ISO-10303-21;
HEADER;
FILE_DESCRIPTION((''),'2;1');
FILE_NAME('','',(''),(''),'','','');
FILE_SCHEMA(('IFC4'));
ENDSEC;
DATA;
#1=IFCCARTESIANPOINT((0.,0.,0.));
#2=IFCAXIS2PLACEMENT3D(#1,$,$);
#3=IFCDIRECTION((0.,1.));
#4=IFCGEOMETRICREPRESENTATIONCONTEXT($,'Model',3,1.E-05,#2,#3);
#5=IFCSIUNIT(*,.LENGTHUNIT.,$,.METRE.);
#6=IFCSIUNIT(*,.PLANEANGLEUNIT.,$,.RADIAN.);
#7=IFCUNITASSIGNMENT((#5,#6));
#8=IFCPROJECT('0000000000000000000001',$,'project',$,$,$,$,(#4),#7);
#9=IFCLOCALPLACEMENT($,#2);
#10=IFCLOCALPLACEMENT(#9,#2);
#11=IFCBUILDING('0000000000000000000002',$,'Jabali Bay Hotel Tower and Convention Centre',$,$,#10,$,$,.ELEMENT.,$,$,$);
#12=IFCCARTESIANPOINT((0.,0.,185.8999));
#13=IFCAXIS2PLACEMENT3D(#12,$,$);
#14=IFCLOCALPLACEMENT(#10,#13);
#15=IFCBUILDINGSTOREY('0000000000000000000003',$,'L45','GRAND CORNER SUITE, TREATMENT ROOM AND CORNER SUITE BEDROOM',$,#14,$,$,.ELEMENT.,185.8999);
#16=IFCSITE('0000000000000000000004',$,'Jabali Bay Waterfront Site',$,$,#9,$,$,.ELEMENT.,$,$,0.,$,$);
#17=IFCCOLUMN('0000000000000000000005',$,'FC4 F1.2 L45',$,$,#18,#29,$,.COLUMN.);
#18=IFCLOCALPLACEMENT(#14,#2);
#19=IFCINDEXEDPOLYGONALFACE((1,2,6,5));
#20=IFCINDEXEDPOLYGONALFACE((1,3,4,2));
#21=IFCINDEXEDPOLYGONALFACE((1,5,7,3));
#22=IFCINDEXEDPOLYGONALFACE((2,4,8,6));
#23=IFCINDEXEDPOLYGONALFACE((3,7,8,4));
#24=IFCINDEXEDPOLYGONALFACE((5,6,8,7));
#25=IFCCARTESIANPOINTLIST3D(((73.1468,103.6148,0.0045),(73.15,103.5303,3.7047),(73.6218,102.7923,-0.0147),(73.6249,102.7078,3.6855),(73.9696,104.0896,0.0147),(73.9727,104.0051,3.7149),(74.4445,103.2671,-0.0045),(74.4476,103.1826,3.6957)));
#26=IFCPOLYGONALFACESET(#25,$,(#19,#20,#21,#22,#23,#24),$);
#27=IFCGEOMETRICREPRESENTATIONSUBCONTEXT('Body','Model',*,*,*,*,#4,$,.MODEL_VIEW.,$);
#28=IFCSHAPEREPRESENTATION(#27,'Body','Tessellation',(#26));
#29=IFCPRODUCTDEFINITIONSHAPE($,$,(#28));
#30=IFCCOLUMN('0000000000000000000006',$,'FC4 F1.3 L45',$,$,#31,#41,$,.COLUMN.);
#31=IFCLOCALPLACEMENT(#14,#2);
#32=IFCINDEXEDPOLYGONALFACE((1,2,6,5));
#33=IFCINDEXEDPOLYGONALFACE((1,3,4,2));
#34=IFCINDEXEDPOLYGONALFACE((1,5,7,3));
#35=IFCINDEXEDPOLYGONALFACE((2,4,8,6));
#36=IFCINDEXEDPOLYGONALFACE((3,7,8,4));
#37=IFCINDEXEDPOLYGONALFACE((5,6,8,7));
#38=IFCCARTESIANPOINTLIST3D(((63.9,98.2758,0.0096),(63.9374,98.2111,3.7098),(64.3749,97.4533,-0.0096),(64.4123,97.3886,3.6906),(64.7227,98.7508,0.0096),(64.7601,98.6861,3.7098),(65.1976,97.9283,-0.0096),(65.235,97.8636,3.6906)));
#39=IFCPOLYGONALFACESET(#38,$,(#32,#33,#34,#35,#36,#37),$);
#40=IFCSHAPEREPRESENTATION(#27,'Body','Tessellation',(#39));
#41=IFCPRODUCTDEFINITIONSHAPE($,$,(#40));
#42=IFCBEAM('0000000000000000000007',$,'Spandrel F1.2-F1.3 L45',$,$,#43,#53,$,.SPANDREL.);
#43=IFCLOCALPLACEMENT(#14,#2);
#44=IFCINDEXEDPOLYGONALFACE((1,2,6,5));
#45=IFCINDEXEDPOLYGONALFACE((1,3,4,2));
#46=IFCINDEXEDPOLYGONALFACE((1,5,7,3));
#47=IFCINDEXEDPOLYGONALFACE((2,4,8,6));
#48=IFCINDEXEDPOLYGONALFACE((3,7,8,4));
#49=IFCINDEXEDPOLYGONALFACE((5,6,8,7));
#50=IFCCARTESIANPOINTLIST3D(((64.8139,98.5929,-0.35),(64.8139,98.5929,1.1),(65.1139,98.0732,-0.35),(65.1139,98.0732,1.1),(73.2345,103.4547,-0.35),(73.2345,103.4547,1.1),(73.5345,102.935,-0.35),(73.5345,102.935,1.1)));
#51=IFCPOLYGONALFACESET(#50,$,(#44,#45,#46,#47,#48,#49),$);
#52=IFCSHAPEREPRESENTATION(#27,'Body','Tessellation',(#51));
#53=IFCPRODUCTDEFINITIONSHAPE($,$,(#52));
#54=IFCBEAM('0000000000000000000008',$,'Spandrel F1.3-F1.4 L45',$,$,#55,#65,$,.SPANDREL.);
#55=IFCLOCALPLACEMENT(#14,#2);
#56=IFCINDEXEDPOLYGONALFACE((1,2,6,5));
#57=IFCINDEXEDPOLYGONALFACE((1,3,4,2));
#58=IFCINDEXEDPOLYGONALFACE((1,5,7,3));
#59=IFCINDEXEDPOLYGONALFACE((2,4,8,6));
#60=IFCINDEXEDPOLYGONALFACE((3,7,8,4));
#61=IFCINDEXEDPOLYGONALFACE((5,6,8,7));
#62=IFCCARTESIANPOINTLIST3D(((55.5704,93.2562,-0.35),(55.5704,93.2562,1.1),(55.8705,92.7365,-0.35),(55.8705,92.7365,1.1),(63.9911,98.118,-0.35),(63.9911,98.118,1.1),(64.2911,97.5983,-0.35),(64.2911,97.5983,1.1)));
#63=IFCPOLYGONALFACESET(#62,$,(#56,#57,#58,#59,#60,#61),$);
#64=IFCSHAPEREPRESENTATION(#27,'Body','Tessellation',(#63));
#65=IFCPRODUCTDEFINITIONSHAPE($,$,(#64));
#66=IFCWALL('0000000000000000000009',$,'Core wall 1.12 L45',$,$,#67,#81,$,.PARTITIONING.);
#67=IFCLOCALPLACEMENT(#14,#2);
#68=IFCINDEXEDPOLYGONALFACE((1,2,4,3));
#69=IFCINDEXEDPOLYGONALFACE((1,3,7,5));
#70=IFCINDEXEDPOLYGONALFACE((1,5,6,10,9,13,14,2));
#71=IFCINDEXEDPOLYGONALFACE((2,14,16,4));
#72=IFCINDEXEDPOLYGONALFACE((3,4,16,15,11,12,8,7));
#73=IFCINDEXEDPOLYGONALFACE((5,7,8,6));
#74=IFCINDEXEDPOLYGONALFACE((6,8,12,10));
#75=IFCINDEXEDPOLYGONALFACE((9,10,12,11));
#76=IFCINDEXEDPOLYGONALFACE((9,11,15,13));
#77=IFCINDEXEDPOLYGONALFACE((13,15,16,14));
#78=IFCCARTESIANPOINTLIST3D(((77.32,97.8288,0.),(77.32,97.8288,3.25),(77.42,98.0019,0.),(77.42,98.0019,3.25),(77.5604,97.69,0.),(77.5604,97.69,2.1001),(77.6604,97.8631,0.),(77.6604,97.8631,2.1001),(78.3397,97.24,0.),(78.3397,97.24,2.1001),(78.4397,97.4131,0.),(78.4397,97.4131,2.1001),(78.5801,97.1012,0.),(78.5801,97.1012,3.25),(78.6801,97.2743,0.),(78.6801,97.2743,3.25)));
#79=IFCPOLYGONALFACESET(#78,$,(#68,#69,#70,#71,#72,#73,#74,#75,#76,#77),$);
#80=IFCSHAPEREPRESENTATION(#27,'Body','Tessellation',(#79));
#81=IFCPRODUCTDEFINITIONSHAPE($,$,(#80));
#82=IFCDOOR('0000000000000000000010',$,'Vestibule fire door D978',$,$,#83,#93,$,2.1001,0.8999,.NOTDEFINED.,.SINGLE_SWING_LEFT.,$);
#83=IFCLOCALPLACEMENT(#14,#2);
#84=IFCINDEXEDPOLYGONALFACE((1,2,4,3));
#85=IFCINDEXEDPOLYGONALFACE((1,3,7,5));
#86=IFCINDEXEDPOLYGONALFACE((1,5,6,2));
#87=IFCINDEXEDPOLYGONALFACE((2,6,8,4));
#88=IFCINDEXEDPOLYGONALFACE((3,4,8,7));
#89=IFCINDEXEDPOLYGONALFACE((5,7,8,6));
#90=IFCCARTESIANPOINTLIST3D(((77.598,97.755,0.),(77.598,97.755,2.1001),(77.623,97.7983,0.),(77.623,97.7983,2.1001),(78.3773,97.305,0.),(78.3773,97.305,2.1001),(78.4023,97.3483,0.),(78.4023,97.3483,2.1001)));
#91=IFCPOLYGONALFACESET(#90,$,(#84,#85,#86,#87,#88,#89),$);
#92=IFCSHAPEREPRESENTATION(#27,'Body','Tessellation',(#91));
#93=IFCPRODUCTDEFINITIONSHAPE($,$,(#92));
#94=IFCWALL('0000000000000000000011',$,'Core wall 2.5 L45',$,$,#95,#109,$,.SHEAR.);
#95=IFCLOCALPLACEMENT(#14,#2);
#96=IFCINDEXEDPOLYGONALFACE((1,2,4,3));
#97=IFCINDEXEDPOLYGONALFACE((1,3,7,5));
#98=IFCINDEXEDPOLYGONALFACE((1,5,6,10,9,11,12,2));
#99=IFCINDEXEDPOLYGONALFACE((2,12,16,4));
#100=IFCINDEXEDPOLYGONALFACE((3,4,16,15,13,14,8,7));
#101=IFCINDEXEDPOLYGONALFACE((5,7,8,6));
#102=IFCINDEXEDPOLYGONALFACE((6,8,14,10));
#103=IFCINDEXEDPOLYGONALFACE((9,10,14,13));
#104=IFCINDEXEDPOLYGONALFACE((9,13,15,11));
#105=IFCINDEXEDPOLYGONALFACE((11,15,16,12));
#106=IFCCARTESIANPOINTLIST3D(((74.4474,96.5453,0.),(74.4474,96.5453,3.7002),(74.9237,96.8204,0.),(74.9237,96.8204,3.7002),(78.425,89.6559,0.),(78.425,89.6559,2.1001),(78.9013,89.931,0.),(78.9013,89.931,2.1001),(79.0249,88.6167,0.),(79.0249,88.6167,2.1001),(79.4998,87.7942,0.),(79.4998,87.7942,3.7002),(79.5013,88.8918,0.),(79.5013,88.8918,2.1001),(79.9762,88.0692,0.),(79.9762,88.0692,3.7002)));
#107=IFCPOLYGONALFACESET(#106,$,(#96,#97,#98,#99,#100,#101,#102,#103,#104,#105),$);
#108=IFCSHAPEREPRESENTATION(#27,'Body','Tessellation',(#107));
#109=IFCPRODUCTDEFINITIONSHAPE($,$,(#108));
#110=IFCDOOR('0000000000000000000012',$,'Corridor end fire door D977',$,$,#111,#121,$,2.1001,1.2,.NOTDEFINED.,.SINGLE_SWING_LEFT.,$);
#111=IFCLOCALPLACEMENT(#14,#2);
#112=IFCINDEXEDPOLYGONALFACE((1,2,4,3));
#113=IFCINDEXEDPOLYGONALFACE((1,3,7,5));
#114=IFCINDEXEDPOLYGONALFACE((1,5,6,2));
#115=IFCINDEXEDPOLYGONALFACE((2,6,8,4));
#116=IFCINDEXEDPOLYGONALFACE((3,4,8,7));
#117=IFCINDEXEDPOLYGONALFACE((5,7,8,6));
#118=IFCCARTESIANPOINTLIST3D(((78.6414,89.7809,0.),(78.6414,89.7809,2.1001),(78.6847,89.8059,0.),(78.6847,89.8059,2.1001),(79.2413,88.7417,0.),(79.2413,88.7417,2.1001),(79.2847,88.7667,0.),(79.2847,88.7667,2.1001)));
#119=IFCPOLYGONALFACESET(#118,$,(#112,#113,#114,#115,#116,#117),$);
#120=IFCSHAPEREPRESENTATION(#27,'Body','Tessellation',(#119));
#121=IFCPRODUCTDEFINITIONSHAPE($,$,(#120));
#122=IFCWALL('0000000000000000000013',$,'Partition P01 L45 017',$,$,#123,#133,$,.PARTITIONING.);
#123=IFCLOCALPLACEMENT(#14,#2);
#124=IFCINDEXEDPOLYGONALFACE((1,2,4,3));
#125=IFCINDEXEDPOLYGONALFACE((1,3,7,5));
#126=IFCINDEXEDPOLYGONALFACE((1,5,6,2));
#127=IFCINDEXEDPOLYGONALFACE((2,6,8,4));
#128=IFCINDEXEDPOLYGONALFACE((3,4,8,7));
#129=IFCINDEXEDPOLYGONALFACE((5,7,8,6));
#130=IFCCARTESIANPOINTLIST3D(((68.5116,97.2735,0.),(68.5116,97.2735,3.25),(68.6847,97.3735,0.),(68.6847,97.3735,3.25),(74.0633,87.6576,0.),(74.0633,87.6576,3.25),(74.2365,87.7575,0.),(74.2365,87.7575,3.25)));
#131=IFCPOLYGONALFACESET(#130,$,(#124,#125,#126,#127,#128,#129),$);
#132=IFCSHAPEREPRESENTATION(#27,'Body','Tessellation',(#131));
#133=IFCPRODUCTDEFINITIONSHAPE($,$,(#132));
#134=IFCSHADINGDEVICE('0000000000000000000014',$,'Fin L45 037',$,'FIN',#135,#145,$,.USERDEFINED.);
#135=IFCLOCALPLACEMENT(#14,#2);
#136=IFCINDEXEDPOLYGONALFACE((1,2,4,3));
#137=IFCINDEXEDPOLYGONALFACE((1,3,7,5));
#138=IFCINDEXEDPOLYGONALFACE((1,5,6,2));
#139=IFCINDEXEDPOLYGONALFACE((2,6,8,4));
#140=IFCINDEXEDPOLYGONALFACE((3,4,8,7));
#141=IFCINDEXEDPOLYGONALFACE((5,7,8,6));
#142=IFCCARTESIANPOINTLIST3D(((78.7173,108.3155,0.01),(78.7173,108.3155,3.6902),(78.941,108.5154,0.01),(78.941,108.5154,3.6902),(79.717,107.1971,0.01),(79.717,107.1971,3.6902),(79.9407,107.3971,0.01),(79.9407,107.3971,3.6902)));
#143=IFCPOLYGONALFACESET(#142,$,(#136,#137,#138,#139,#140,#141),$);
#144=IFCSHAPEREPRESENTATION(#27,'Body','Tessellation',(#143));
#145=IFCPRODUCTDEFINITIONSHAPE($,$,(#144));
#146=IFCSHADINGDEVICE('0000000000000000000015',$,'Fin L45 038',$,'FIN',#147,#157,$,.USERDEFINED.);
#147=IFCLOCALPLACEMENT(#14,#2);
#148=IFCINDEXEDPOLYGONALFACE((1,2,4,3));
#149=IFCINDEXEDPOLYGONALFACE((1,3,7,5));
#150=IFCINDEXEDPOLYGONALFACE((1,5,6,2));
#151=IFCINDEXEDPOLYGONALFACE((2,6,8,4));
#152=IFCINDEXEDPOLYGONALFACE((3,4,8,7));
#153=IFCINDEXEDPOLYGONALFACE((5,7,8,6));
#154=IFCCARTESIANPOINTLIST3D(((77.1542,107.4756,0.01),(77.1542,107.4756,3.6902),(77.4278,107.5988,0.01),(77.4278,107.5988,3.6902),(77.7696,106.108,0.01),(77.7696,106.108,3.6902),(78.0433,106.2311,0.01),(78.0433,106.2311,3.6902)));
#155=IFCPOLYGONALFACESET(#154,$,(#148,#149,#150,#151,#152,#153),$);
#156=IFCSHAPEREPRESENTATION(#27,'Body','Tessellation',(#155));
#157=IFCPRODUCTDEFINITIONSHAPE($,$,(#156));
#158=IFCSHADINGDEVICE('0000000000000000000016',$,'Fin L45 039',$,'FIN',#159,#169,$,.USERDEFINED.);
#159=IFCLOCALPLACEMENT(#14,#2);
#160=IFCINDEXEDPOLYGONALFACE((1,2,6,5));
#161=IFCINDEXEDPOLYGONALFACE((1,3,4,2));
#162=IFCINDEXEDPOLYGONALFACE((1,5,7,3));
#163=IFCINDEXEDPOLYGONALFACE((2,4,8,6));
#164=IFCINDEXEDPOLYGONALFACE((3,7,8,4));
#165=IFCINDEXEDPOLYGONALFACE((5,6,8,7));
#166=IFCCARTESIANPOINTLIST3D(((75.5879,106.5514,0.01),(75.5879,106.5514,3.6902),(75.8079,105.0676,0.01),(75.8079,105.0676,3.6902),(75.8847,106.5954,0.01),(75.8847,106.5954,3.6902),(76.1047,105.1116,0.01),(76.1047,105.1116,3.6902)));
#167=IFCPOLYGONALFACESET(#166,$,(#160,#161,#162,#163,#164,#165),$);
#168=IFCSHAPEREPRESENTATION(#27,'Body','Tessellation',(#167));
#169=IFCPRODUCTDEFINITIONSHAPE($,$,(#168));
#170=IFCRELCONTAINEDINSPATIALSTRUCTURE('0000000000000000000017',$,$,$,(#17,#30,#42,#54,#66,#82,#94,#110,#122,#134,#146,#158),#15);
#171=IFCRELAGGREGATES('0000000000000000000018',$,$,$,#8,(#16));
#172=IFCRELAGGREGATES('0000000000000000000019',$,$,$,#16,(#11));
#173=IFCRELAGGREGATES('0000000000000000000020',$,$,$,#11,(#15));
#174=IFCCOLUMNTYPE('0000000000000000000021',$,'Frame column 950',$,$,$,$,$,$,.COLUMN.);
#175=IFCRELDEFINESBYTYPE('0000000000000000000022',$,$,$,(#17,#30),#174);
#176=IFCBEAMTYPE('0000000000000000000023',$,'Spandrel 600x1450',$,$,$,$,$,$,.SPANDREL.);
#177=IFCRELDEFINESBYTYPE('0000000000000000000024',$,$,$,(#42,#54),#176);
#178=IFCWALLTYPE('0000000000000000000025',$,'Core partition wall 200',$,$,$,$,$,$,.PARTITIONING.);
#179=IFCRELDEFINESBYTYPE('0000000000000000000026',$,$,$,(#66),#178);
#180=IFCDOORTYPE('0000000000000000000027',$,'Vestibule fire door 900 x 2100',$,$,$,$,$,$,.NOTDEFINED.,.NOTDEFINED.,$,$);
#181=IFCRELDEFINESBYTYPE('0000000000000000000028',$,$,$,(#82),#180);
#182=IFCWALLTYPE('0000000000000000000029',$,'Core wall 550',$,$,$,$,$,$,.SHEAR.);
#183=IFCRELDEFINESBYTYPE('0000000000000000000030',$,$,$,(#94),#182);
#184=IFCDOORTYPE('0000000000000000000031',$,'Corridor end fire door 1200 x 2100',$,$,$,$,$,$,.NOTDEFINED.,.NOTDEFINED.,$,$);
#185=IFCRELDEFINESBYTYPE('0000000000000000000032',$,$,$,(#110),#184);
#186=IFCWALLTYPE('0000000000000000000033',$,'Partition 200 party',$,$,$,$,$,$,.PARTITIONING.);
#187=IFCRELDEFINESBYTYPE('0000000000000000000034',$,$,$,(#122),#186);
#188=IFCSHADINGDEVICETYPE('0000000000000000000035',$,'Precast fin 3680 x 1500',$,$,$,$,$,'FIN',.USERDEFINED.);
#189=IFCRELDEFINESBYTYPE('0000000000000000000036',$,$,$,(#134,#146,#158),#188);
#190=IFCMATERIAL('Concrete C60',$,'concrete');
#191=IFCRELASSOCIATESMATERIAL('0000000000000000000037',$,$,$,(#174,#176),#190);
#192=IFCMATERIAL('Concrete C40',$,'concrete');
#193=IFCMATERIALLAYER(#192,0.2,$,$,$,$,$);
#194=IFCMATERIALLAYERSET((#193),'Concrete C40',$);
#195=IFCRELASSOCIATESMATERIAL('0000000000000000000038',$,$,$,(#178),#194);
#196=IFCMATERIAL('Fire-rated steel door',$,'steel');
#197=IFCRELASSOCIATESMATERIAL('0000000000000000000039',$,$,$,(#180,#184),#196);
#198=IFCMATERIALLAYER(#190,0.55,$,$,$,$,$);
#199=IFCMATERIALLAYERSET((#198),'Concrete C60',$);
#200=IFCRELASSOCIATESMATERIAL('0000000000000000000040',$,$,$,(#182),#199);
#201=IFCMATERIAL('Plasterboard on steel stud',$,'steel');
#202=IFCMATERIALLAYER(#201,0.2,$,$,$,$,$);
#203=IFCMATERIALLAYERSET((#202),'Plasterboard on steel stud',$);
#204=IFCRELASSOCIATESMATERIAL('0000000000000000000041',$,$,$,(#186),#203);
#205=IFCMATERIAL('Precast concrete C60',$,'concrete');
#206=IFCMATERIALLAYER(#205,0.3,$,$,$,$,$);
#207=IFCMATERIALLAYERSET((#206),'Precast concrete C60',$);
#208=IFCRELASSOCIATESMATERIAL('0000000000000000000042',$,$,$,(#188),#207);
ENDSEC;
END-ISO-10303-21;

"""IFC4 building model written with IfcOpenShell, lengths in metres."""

from ifc_helpers import new_model, si_unit, direction, frame, frame_2d, origin, origin_2d, place, context, subcontext, project, spatial, rectangle, extrude, material, layer, layer_set, material_profile, profile_set, type_object, element, fill, save


model = new_model("IFC4")

# Units and contexts
model_context = context("Model", 3, precision=1e-05, world=origin(), true_north=direction((0.0, 1.0)))
body_context = subcontext(model_context, "Body", "Model", "MODEL_VIEW")
ifc_project = project(units=[si_unit("LENGTHUNIT", "METRE"), si_unit("PLANEANGLEUNIT", "RADIAN")], contexts=[model_context])

# Site, building, storey
site_placement = place(None, origin())
site = spatial("IfcSite", under=ifc_project, at=site_placement, Name="Jabali Bay Waterfront Site", CompositionType="ELEMENT", RefElevation=0.0)
building_placement = place(site_placement, origin())
building = spatial("IfcBuilding", under=site, at=building_placement, Name="Jabali Bay Hotel Tower and Convention Centre", CompositionType="ELEMENT")
storey_placement = place(building_placement, frame((0.0, 0.0, 185.8999)))
storey = spatial("IfcBuildingStorey", under=building, at=storey_placement, Name="L45", Description="GRAND CORNER SUITE, TREATMENT ROOM AND CORNER SUITE BEDROOM", CompositionType="ELEMENT", Elevation=185.8999)

# Columns
ifc_material_1 = material(Name="Concrete C60", Category="concrete")
ifc_material_profile_1 = material_profile(ifc_material_1, rectangle(XDim=0.95, YDim=0.95, at=origin_2d()), Name="Frame column 950")
ifc_profile_set_1 = profile_set([ifc_material_profile_1], Name="Concrete C60")
column_type = type_object("IfcColumnType", Name="Frame column 950", PredefinedType="COLUMN", material=ifc_profile_set_1)
column_1_placement = place(storey_placement, frame((73.7957, 103.4409, 0.0), z_axis=(0.000858, -0.022823, 0.999739), x_axis=(0.86606, 0.499826, 0.010668)))
element("IfcColumn", 1, at=column_1_placement, inside=storey, type_object=column_type, Name="FC4 F1.2 L45", PredefinedType="COLUMN", context=body_context, shape_type="SweptSolid", body=[
    extrude(rectangle(XDim=0.95, YDim=0.95, at=origin_2d()), origin(), (0.0, 0.0, 1.0), 3.7012),
])
column_2_placement = place(storey_placement, frame((64.5488, 98.1021, 0.0), z_axis=(0.010093, -0.017481, 0.999796), x_axis=(-0.499897, 0.86585, 0.020186)))
element("IfcColumn", 2, at=column_2_placement, inside=storey, type_object=column_type, Name="FC4 F1.3 L45", PredefinedType="COLUMN", context=body_context, shape_type="SweptSolid", body=[
    extrude(rectangle(XDim=0.95, YDim=0.95, at=origin_2d()), origin(), (0.0, 0.0, 1.0), 3.7009),
])

# Beams
ifc_material_profile_2 = material_profile(ifc_material_1, rectangle(XDim=0.6001, YDim=1.45, at=origin_2d()), Name="Spandrel 600x1450")
ifc_profile_set_2 = profile_set([ifc_material_profile_2], Name="Concrete C60")
beam_type = type_object("IfcBeamType", Name="Spandrel 600x1450", PredefinedType="SPANDREL", material=ifc_profile_set_2)
for number, where, z_axis, x_axis, name in (
    (3, (73.3845, 103.1948, 0.375), (-0.866019, -0.500012, 0.0), (0.500012, -0.866019, 0.0), "Spandrel F1.2-F1.3 L45"),
    (4, (64.1411, 97.8582, 0.375), (-0.866019, -0.500012, 0.0), (0.500012, -0.866019, 0.0), "Spandrel F1.3-F1.4 L45"),
):
    element("IfcBeam", number, at=place(storey_placement, frame(where, z_axis=z_axis, x_axis=x_axis)), inside=storey, type_object=beam_type, Name=name, PredefinedType="SPANDREL", context=body_context, shape_type="SweptSolid", body=[
        extrude(rectangle(XDim=0.6001, YDim=1.45, at=origin_2d()), origin(), (0.0, 0.0, 1.0), 9.7234),
    ])

# Walls, openings, doors
ifc_material_2 = material(Name="Concrete C40", Category="concrete")
ifc_layer_1 = layer(ifc_material_2, 0.2)
ifc_layer_set_1 = layer_set([ifc_layer_1], Name="Concrete C40")
wall_type_1 = type_object("IfcWallType", Name="Core partition wall 200", PredefinedType="PARTITIONING", material=ifc_layer_set_1)
wall_1_placement = place(storey_placement, frame((78.6301, 97.1877, 0.0), z_axis=(0.0, 0.0, 1.0), x_axis=(-0.866004, 0.500037, 0.0)))
wall_1 = element("IfcWall", 5, at=wall_1_placement, inside=storey, type_object=wall_type_1, Name="Core wall 1.12 L45", PredefinedType="PARTITIONING", context=body_context, shape_type="SweptSolid", body=[
    extrude(rectangle(XDim=1.4551, YDim=0.2, at=frame_2d((0.7275, 0.0))), origin(), (0.0, 0.0, 1.0), 3.25),
])
opening_1_placement = place(wall_1_placement, frame((0.2776, 0.0, 0.0)))
opening_1 = element("IfcOpeningElement", 6, at=opening_1_placement, cuts=wall_1, PredefinedType="OPENING", context=body_context, shape_type="SweptSolid", body=[
    extrude(rectangle(XDim=0.8999, YDim=2.1001, at=frame_2d((0.45, 1.05))), frame((0.0, 0.1104, 0.0), z_axis=(0.0, -1.0, 0.0), x_axis=(1.0, 0.0, 0.0)), (0.0, 0.0, 1.0), 0.2209),
])
ifc_material_3 = material(Name="Fire-rated steel door", Category="steel")
door_type_1 = type_object("IfcDoorType", Name="Vestibule fire door 900 x 2100", OperationType="NOTDEFINED", PredefinedType="NOTDEFINED", material=ifc_material_3)
door_1_placement = place(opening_1_placement, origin())
door_1 = element("IfcDoor", 7, at=door_1_placement, inside=storey, type_object=door_type_1, Name="Vestibule fire door D978", OperationType="SINGLE_SWING_LEFT", OverallHeight=2.1001, OverallWidth=0.8999, PredefinedType="NOTDEFINED", context=body_context, shape_type="SweptSolid", body=[
    extrude(rectangle(XDim=0.8999, YDim=2.1001, at=frame_2d((0.45, 1.05))), frame((0.0, 0.0249, 0.0), z_axis=(0.0, -1.0, 0.0), x_axis=(1.0, 0.0, 0.0)), (0.0, 0.0, 1.0), 0.05),
])
fill(opening_1, door_1)
ifc_layer_2 = layer(ifc_material_1, 0.55)
ifc_layer_set_2 = layer_set([ifc_layer_2], Name="Concrete C60")
wall_type_2 = type_object("IfcWallType", Name="Core wall 550", PredefinedType="SHEAR", material=ifc_layer_set_2)
wall_2_placement = place(storey_placement, frame((74.6855, 96.6829, 0.0), z_axis=(0.0, 0.0, 1.0), x_axis=(0.499998, -0.866027, 0.0)))
wall_2 = element("IfcWall", 8, at=wall_2_placement, inside=storey, type_object=wall_type_2, Name="Core wall 2.5 L45", PredefinedType="SHEAR", context=body_context, shape_type="SweptSolid", body=[
    extrude(rectangle(XDim=10.105, YDim=0.55, at=frame_2d((5.0525, 0.0))), origin(), (0.0, 0.0, 1.0), 3.7002),
])
opening_2_placement = place(wall_2_placement, frame((7.9551, 0.0, 0.0)))
opening_2 = element("IfcOpeningElement", 9, at=opening_2_placement, cuts=wall_2, PredefinedType="OPENING", context=body_context, shape_type="SweptSolid", body=[
    extrude(rectangle(XDim=1.2, YDim=2.1001, at=frame_2d((0.6001, 1.05))), frame((0.0, 0.2856, 0.0), z_axis=(0.0, -1.0, 0.0), x_axis=(1.0, 0.0, 0.0)), (0.0, 0.0, 1.0), 0.571),
])
door_type_2 = type_object("IfcDoorType", Name="Corridor end fire door 1200 x 2100", OperationType="NOTDEFINED", PredefinedType="NOTDEFINED", material=ifc_material_3)
door_2_placement = place(opening_2_placement, origin())
door_2 = element("IfcDoor", 10, at=door_2_placement, inside=storey, type_object=door_type_2, Name="Corridor end fire door D977", OperationType="SINGLE_SWING_LEFT", OverallHeight=2.1001, OverallWidth=1.2, PredefinedType="NOTDEFINED", context=body_context, shape_type="SweptSolid", body=[
    extrude(rectangle(XDim=1.2, YDim=2.1001, at=frame_2d((0.6001, 1.05))), frame((0.0, 0.0249, 0.0), z_axis=(0.0, -1.0, 0.0), x_axis=(1.0, 0.0, 0.0)), (0.0, 0.0, 1.0), 0.05),
])
fill(opening_2, door_2)

# Wall
ifc_material_4 = material(Name="Plasterboard on steel stud", Category="steel")
ifc_layer_3 = layer(ifc_material_4, 0.2)
ifc_layer_set_3 = layer_set([ifc_layer_3], Name="Plasterboard on steel stud")
wall_type_3 = type_object("IfcWallType", Name="Partition 200 party", PredefinedType="PARTITIONING", material=ifc_layer_set_3)
wall_3_placement = place(storey_placement, frame((68.5981, 97.3235, 0.0), z_axis=(0.0, 0.0, 1.0), x_axis=(0.499998, -0.866026, 0.0)))
element("IfcWall", 11, at=wall_3_placement, inside=storey, type_object=wall_type_3, Name="Partition P01 L45 017", PredefinedType="PARTITIONING", context=body_context, shape_type="SweptSolid", body=[
    extrude(rectangle(XDim=11.1035, YDim=0.2, at=frame_2d((5.5518, 0.0))), origin(), (0.0, 0.0, 1.0), 3.25),
])

# Shading devices
ifc_material_5 = material(Name="Precast concrete C60", Category="concrete")
ifc_layer_4 = layer(ifc_material_5, 0.3)
ifc_layer_set_4 = layer_set([ifc_layer_4], Name="Precast concrete C60")
shading_device_type = type_object("IfcShadingDeviceType", Name="Precast fin 3680 x 1500", ElementType="FIN", PredefinedType="USERDEFINED", material=ifc_layer_set_4)
shading_device_1_placement = place(storey_placement, frame((79.8289, 107.2971, 0.01), z_axis=(0.0, 0.0, 1.0), x_axis=(-0.666452, 0.745548, 0.0)))
element("IfcShadingDevice", 12, at=shading_device_1_placement, inside=storey, type_object=shading_device_type, Name="Fin L45 037", ObjectType="FIN", PredefinedType="USERDEFINED", context=body_context, shape_type="SweptSolid", body=[
    extrude(rectangle(XDim=1.5, YDim=0.3, at=frame_2d((0.75, 0.0))), origin(), (0.0, 0.0, 1.0), 3.6802),
])
shading_device_2_placement = place(storey_placement, frame((77.9065, 106.1694, 0.01), z_axis=(0.0, 0.0, 1.0), x_axis=(-0.410378, 0.911915, 0.0)))
element("IfcShadingDevice", 13, at=shading_device_2_placement, inside=storey, type_object=shading_device_type, Name="Fin L45 038", ObjectType="FIN", PredefinedType="USERDEFINED", context=body_context, shape_type="SweptSolid", body=[
    extrude(rectangle(XDim=1.4998, YDim=0.3, at=frame_2d((0.75, 0.0))), origin(), (0.0, 0.0, 1.0), 3.6802),
])
shading_device_3_placement = place(storey_placement, frame((75.9563, 105.0896, 0.01), z_axis=(0.0, 0.0, 1.0), x_axis=(-0.146637, 0.98919, 0.0)))
element("IfcShadingDevice", 14, at=shading_device_3_placement, inside=storey, type_object=shading_device_type, Name="Fin L45 039", ObjectType="FIN", PredefinedType="USERDEFINED", context=body_context, shape_type="SweptSolid", body=[
    extrude(rectangle(XDim=1.5, YDim=0.3, at=frame_2d((0.75, 0.0))), origin(), (0.0, 0.0, 1.0), 3.6802),
])

save(model, "model.ifc")
